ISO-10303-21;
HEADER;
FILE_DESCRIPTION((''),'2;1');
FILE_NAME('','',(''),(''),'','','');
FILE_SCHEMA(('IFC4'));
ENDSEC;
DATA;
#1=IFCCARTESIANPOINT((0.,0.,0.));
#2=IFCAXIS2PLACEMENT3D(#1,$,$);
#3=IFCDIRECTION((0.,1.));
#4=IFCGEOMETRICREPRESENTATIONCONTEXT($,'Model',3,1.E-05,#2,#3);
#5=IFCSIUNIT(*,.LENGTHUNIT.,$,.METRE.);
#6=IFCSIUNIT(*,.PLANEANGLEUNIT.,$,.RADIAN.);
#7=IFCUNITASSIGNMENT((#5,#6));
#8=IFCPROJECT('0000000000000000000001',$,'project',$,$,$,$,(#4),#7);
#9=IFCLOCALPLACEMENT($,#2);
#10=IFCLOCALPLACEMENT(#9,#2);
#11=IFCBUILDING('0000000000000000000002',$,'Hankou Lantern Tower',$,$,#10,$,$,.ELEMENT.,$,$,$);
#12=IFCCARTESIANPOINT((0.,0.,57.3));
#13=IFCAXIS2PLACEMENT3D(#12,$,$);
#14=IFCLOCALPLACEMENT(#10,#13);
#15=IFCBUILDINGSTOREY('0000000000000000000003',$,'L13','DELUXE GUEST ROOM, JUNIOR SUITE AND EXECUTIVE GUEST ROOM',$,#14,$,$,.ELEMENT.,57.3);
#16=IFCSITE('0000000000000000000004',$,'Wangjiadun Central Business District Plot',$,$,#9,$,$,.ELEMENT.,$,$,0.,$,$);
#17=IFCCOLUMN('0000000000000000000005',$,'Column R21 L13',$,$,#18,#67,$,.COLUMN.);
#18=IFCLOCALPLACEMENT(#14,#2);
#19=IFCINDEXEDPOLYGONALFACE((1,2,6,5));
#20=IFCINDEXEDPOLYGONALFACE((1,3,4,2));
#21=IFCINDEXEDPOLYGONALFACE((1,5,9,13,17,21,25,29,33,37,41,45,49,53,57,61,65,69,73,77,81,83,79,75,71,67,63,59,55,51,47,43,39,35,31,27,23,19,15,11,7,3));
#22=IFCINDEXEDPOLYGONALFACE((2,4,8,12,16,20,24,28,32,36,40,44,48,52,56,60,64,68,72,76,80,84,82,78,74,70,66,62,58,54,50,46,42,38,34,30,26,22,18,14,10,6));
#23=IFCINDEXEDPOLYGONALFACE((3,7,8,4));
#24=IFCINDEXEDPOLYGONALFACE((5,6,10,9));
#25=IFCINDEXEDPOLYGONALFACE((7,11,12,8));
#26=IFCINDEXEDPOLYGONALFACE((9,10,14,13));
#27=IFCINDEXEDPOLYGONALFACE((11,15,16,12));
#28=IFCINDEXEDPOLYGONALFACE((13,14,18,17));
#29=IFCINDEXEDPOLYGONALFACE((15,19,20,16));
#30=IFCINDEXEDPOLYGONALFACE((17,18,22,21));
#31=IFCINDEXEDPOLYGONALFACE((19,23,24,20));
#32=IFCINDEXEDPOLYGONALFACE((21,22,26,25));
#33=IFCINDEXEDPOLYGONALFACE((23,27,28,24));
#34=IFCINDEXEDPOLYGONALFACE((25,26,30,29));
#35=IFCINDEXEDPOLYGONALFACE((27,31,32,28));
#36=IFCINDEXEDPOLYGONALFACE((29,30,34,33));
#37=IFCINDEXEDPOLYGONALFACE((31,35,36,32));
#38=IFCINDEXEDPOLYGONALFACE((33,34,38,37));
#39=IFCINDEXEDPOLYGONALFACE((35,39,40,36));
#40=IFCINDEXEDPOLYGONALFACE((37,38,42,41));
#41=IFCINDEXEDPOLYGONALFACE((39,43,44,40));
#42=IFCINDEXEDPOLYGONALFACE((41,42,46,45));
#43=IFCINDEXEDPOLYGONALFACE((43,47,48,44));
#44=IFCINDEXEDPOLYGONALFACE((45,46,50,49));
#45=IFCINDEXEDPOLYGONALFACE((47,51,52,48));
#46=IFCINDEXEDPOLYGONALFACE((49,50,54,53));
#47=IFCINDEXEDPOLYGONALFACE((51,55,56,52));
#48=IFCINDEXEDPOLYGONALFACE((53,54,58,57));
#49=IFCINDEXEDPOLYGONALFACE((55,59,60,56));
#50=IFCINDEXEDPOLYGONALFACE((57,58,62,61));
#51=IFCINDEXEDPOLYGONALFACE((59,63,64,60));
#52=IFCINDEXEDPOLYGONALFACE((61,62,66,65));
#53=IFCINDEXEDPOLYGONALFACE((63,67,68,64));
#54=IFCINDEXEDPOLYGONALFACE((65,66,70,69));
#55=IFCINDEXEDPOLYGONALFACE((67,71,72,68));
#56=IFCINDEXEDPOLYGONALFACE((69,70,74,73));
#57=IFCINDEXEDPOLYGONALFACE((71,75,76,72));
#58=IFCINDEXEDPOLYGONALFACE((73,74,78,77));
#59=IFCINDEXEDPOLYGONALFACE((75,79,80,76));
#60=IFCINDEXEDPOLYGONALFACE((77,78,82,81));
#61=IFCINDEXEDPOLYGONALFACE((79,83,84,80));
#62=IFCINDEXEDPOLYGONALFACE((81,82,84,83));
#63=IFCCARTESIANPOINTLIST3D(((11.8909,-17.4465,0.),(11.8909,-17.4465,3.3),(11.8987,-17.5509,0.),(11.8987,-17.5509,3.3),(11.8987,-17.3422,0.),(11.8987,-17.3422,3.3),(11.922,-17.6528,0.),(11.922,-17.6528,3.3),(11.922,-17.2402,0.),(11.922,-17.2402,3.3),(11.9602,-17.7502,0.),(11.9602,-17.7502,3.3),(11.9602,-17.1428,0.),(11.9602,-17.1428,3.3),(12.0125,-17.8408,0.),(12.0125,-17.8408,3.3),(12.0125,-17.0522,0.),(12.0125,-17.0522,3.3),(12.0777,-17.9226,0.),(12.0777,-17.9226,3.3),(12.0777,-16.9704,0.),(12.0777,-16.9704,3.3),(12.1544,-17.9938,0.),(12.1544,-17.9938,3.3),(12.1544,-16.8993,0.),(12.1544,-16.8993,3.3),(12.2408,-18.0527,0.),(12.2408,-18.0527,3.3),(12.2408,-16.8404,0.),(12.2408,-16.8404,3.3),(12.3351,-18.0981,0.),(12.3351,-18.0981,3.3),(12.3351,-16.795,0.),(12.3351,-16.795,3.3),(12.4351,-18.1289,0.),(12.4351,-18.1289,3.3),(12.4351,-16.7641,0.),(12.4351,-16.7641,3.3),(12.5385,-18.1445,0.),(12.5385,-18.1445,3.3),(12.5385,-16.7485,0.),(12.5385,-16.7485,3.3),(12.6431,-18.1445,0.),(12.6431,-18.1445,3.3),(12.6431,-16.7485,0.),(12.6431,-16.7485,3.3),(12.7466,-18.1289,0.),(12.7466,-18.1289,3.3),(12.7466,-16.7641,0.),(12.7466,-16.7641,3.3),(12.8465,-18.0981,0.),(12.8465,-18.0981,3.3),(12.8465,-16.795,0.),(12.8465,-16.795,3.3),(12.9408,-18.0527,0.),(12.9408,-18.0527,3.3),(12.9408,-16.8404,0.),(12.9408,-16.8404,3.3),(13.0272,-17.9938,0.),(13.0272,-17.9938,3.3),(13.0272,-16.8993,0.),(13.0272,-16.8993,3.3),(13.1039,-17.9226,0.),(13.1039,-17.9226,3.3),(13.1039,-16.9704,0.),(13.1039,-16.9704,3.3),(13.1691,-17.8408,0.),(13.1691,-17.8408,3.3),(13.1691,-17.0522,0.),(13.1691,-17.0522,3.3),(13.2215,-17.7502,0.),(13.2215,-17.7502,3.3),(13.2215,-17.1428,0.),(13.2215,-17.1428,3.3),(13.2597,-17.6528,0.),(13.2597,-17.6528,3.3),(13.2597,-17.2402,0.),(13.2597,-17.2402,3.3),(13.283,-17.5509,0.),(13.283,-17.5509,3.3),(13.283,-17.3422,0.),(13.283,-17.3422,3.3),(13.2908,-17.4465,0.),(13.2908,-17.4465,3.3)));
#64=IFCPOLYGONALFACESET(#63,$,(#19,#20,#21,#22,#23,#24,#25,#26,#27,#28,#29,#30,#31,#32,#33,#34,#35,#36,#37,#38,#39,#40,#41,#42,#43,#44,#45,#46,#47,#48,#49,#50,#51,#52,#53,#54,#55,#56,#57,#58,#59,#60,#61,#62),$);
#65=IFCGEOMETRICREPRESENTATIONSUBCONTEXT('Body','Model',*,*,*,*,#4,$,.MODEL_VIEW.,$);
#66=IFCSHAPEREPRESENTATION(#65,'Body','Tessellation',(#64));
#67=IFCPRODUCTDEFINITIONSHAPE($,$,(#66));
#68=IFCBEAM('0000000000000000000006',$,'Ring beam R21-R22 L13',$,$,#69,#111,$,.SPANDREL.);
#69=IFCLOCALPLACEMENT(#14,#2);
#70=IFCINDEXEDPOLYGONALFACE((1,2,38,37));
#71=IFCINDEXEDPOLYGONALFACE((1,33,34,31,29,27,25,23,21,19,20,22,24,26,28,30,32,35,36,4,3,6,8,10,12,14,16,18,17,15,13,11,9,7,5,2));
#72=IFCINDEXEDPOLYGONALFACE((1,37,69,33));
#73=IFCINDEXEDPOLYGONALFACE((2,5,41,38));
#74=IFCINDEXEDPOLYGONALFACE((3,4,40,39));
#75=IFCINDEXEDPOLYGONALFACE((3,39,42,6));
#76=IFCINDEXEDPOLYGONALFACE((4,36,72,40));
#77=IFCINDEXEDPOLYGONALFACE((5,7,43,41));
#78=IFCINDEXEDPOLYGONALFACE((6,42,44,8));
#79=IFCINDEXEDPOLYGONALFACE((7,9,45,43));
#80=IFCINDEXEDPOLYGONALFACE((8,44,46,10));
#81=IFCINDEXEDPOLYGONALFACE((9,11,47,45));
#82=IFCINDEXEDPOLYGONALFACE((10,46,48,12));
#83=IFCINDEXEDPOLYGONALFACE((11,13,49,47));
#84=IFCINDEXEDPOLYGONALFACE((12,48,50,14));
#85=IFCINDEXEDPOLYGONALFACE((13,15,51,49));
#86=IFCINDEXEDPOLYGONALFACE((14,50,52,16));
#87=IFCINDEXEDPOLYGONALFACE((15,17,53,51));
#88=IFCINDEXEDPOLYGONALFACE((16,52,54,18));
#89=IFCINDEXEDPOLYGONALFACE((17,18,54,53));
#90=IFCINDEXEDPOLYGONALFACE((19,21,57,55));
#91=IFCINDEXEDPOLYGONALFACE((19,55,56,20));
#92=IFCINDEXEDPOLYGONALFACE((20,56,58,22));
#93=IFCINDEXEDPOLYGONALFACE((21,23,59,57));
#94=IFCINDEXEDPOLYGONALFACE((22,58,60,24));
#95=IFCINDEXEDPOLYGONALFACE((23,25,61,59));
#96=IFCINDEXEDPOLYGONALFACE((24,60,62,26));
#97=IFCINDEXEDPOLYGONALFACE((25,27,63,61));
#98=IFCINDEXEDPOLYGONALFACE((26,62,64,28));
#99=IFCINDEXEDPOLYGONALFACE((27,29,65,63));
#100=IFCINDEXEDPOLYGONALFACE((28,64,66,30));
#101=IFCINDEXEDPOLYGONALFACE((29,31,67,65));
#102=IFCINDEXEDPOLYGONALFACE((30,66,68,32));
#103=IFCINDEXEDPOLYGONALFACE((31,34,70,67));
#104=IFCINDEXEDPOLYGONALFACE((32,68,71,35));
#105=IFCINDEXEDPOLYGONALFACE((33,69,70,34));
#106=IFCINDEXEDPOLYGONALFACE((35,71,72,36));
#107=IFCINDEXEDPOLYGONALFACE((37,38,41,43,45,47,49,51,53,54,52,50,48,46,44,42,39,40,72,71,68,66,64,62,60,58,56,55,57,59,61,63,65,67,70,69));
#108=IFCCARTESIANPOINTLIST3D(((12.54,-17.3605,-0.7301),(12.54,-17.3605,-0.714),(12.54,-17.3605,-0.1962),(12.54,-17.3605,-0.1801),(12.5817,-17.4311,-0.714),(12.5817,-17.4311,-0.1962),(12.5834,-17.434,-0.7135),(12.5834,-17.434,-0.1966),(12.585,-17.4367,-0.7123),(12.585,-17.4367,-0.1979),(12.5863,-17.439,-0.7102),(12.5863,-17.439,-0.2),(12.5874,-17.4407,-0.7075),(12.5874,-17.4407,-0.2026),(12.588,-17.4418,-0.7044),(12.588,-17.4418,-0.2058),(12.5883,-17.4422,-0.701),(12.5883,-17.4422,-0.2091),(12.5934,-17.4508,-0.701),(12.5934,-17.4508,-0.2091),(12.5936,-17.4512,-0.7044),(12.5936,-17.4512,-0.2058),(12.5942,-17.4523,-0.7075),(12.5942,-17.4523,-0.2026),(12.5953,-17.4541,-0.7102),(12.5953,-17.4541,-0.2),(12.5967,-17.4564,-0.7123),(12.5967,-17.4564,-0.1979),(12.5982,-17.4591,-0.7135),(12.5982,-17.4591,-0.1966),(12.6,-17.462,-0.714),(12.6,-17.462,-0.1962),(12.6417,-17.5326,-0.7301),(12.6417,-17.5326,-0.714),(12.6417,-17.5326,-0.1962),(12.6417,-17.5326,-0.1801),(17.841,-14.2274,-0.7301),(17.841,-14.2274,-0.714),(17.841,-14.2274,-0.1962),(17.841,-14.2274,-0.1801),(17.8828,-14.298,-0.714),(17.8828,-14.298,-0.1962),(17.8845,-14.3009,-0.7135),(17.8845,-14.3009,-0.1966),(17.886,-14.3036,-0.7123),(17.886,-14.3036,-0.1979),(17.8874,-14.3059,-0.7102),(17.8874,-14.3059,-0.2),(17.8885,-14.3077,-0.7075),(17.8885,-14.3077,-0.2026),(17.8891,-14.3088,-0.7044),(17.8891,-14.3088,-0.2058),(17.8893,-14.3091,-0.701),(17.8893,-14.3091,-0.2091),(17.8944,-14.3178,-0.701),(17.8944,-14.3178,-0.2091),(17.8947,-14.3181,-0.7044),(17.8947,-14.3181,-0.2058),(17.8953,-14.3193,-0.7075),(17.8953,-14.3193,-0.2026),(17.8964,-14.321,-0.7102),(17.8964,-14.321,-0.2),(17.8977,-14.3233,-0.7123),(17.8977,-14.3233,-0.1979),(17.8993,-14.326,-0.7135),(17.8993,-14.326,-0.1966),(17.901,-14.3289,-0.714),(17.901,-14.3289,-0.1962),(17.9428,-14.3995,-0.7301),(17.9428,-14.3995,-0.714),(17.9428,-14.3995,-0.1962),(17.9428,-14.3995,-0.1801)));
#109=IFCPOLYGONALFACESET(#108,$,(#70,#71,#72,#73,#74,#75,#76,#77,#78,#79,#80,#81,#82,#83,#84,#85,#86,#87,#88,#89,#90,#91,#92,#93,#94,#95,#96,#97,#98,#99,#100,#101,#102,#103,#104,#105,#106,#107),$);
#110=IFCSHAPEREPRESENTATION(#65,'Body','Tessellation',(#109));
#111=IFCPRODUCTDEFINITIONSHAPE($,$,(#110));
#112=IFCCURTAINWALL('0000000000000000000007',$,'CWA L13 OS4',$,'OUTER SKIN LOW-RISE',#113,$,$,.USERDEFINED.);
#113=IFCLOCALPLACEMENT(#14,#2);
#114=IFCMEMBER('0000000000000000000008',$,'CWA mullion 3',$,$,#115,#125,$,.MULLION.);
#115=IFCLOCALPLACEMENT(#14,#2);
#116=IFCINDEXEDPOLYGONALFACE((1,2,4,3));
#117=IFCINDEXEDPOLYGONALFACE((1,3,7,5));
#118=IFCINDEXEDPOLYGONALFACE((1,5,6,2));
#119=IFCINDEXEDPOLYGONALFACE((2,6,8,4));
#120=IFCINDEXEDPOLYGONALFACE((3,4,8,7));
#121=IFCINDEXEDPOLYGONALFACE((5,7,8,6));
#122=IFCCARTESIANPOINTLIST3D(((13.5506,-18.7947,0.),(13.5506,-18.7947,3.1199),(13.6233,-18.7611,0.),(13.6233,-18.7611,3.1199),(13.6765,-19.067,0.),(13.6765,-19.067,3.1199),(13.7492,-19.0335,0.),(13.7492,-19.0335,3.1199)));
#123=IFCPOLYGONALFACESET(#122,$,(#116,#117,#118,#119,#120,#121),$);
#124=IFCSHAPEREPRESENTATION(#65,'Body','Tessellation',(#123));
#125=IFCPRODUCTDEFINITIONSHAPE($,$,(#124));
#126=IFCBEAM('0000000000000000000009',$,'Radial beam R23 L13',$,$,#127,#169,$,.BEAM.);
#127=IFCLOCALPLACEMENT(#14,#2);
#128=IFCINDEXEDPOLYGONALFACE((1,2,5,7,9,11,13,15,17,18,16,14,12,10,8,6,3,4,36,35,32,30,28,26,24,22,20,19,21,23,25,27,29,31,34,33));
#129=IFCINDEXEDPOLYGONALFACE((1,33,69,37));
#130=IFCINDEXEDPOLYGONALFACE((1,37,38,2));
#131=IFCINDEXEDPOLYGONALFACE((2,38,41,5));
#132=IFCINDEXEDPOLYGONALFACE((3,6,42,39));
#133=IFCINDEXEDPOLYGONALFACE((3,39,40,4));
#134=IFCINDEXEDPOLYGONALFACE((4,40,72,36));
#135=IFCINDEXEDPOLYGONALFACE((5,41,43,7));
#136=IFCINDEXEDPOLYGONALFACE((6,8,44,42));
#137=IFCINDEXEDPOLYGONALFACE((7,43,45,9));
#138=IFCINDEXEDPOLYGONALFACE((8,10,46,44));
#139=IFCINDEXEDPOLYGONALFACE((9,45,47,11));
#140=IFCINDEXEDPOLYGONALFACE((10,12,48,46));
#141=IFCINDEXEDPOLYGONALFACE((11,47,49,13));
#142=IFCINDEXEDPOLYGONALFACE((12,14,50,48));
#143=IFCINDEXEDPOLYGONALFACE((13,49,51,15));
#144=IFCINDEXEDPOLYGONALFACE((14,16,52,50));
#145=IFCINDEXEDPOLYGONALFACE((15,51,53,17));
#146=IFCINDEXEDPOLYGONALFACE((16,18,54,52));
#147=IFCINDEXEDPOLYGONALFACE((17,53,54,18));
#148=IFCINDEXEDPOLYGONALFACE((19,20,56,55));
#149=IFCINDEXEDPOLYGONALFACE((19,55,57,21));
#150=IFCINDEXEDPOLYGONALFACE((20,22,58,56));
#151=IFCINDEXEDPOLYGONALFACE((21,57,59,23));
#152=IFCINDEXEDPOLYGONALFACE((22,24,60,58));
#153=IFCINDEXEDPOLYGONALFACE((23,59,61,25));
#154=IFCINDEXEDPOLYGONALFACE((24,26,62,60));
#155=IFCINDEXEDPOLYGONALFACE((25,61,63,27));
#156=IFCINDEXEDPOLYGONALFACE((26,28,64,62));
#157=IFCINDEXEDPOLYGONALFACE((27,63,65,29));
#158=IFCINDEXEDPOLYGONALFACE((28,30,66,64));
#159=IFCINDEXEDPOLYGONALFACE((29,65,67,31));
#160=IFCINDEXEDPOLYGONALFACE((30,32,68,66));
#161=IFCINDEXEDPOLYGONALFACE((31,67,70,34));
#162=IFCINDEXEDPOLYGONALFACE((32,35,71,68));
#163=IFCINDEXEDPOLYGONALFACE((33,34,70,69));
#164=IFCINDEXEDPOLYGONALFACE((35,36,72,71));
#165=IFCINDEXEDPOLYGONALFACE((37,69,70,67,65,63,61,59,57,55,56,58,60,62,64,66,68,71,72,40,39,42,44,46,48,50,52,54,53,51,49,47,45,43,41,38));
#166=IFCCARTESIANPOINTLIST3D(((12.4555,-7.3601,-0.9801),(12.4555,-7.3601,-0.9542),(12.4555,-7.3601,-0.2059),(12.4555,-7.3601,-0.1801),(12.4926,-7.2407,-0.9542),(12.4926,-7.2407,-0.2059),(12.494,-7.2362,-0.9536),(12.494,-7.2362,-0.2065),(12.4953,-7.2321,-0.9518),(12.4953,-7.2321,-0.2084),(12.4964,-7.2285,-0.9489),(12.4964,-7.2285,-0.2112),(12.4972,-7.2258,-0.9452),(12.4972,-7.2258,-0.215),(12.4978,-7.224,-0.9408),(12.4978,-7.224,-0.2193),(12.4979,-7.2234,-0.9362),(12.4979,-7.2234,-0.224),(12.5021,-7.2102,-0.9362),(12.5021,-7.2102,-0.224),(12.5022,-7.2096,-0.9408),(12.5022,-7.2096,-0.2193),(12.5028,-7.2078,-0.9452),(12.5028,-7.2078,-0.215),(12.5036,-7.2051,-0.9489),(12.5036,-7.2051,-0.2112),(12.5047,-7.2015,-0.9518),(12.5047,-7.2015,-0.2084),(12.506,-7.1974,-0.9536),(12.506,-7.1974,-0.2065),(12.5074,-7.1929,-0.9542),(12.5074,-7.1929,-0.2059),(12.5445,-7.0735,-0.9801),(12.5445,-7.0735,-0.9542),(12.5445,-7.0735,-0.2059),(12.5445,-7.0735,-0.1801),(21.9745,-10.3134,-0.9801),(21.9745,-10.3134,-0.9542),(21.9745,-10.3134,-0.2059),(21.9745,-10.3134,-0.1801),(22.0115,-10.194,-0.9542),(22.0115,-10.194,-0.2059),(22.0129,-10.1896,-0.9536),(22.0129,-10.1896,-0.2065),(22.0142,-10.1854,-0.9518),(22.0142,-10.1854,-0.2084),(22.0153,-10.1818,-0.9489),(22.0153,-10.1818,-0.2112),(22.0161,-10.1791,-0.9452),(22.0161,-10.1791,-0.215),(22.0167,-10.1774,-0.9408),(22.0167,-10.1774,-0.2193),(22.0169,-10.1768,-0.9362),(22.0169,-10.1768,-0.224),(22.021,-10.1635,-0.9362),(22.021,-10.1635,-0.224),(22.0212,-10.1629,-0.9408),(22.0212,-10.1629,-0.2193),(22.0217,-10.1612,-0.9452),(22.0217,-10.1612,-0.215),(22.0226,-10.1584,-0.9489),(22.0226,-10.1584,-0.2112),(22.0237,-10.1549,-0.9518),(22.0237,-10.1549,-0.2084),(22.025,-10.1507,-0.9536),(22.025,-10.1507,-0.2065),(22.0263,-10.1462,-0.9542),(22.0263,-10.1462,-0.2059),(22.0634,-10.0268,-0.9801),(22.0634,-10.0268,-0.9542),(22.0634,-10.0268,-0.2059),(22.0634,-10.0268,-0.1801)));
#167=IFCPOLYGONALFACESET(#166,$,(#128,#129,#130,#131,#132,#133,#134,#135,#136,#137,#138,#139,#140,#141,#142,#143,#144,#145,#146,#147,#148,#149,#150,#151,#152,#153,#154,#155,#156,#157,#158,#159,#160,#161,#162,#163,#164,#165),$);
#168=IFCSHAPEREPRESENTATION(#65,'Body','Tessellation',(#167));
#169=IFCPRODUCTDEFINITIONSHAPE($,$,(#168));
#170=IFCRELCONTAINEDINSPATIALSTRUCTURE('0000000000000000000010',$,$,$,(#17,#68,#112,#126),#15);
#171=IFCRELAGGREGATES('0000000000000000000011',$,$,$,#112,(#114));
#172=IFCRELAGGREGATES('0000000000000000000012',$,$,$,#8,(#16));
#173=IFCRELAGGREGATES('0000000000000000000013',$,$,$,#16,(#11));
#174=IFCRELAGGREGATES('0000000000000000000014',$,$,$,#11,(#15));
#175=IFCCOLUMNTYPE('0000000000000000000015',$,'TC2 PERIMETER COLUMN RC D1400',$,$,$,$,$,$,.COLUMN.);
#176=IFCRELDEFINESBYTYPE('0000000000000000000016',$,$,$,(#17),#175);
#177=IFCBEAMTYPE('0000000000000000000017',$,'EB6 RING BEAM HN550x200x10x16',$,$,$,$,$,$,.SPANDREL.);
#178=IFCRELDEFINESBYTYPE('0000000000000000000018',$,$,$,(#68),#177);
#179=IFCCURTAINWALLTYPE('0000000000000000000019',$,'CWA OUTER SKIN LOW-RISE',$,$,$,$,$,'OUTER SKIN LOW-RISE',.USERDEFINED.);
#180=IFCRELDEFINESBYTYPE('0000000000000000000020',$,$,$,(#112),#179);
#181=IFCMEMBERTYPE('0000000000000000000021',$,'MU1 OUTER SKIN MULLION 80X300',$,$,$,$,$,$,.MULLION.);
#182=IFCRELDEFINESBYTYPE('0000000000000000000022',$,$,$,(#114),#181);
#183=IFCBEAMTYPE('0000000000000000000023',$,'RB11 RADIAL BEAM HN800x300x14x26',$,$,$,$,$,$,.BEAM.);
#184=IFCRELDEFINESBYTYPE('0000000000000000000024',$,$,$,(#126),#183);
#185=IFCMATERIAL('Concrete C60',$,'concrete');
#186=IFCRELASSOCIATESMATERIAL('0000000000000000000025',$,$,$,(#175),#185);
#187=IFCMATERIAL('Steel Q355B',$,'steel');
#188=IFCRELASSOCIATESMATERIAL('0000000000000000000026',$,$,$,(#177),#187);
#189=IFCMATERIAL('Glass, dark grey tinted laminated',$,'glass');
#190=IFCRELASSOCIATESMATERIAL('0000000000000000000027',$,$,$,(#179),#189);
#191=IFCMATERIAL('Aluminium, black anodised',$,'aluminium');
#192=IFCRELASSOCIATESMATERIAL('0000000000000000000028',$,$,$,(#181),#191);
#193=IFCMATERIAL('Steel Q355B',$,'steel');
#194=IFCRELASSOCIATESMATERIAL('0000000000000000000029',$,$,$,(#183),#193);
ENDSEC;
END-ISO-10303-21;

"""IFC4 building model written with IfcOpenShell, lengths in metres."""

from ifc_helpers import new_model, si_unit, direction, frame, origin, origin_2d, place, context, subcontext, project, spatial, rectangle, circle, i_section, extrude, material, material_profile, profile_set, type_object, element, aggregate, save


model = new_model("IFC4")

# Units and contexts
model_context = context("Model", 3, precision=1e-05, world=origin(), true_north=direction((0.0, 1.0)))
body_context = subcontext(model_context, "Body", "Model", "MODEL_VIEW")
ifc_project = project(units=[si_unit("LENGTHUNIT", "METRE"), si_unit("PLANEANGLEUNIT", "RADIAN")], contexts=[model_context])

# Site, building, storey
site_placement = place(None, origin())
site = spatial("IfcSite", under=ifc_project, at=site_placement, Name="Wangjiadun Central Business District Plot", CompositionType="ELEMENT", RefElevation=0.0)
building_placement = place(site_placement, origin())
building = spatial("IfcBuilding", under=site, at=building_placement, Name="Hankou Lantern Tower", CompositionType="ELEMENT")
storey_placement = place(building_placement, frame((0.0, 0.0, 57.3)))
storey = spatial("IfcBuildingStorey", under=building, at=storey_placement, Name="L13", Description="DELUXE GUEST ROOM, JUNIOR SUITE AND EXECUTIVE GUEST ROOM", CompositionType="ELEMENT", Elevation=57.3)

# Column
ifc_material_1 = material(Name="Concrete C60", Category="concrete")
ifc_material_profile_1 = material_profile(ifc_material_1, circle(Radius=0.7, at=origin_2d()), Name="RC D1400")
ifc_profile_set_1 = profile_set([ifc_material_profile_1], Name="Concrete C60")
column_type = type_object("IfcColumnType", Name="TC2 PERIMETER COLUMN RC D1400", PredefinedType="COLUMN", material=ifc_profile_set_1)
column_placement = place(storey_placement, frame((12.5908, -17.4465, 0.0), z_axis=(0.0, 0.0, 1.0), x_axis=(1.0, 0.0, 0.0)))
element("IfcColumn", 1, at=column_placement, inside=storey, type_object=column_type, Name="Column R21 L13", PredefinedType="COLUMN", context=body_context, shape_type="SweptSolid", body=[
    extrude(circle(Radius=0.7, at=origin_2d()), origin(), (0.0, 0.0, 1.0), 3.3),
])

# Beam
ifc_material_2 = material(Name="Steel Q355B", Category="steel")
ifc_material_profile_2 = material_profile(ifc_material_2, i_section(OverallWidth=0.2, OverallDepth=0.55, WebThickness=0.01, FlangeThickness=0.0161, FilletRadius=0.0129, at=origin_2d()), Name="HN550x200x10x16")
ifc_profile_set_2 = profile_set([ifc_material_profile_2], Name="Steel Q355B")
beam_type_1 = type_object("IfcBeamType", Name="EB6 RING BEAM HN550x200x10x16", PredefinedType="SPANDREL", material=ifc_profile_set_2)
beam_1_placement = place(storey_placement, frame((12.5908, -17.4465, -0.4551), z_axis=(0.860882, 0.508805, 0.0), x_axis=(-0.508805, 0.860882, 0.0)))
element("IfcBeam", 2, at=beam_1_placement, inside=storey, type_object=beam_type_1, Name="Ring beam R21-R22 L13", PredefinedType="SPANDREL", context=body_context, shape_type="SweptSolid", body=[
    extrude(i_section(OverallWidth=0.2, OverallDepth=0.55, WebThickness=0.01, FlangeThickness=0.0161, FilletRadius=0.0129, at=origin_2d()), origin(), (0.0, 0.0, 1.0), 6.1577),
])

# Curtain wall, member
ifc_material_3 = material(Name="Glass, dark grey tinted laminated", Category="glass")
curtain_wall_type = type_object("IfcCurtainWallType", Name="CWA OUTER SKIN LOW-RISE", ElementType="OUTER SKIN LOW-RISE", PredefinedType="USERDEFINED", material=ifc_material_3)
curtain_wall_placement = place(storey_placement, origin())
curtain_wall = element("IfcCurtainWall", 3, at=curtain_wall_placement, inside=storey, type_object=curtain_wall_type, Name="CWA L13 OS4", ObjectType="OUTER SKIN LOW-RISE", PredefinedType="USERDEFINED")
ifc_material_4 = material(Name="Aluminium, black anodised", Category="aluminium")
ifc_material_profile_3 = material_profile(ifc_material_4, rectangle(XDim=0.0801, YDim=0.3, at=origin_2d()), Name="MU1 80X300")
ifc_profile_set_3 = profile_set([ifc_material_profile_3], Name="Aluminium, black anodised")
member_type_1 = type_object("IfcMemberType", Name="MU1 OUTER SKIN MULLION 80X300", PredefinedType="MULLION", material=ifc_profile_set_3)
member_1_placement = place(storey_placement, frame((13.6499, -18.9141, 0.0), z_axis=(0.0, 0.0, 1.0), x_axis=(0.907841, 0.419314, 0.0)))
member_1 = element("IfcMember", 4, at=member_1_placement, type_object=member_type_1, Name="CWA mullion 3", PredefinedType="MULLION", context=body_context, shape_type="SweptSolid", body=[
    extrude(rectangle(XDim=0.0801, YDim=0.3, at=origin_2d()), origin(), (0.0, 0.0, 1.0), 3.1199),
])

# Beam
ifc_material_5 = material(Name="Steel Q355B", Category="steel")
ifc_material_profile_4 = material_profile(ifc_material_5, i_section(OverallWidth=0.3, OverallDepth=0.8, WebThickness=0.0139, FlangeThickness=0.0259, FilletRadius=0.0181, at=origin_2d()), Name="HN800x300x14x26")
ifc_profile_set_4 = profile_set([ifc_material_profile_4], Name="Steel Q355B")
beam_type_2 = type_object("IfcBeamType", Name="RB11 RADIAL BEAM HN800x300x14x26", PredefinedType="BEAM", material=ifc_profile_set_4)
beam_2_placement = place(storey_placement, frame((12.5, -7.2168, -0.5801), z_axis=(0.955087, -0.296324, 0.0), x_axis=(0.296324, 0.955087, 0.0)))
element("IfcBeam", 5, at=beam_2_placement, inside=storey, type_object=beam_type_2, Name="Radial beam R23 L13", PredefinedType="BEAM", context=body_context, shape_type="SweptSolid", body=[
    extrude(i_section(OverallWidth=0.3, OverallDepth=0.8, WebThickness=0.0139, FlangeThickness=0.0259, FilletRadius=0.0181, at=origin_2d()), origin(), (0.0, 0.0, 1.0), 9.9666),
])

aggregate(curtain_wall, [member_1])

save(model, "model.ifc")
